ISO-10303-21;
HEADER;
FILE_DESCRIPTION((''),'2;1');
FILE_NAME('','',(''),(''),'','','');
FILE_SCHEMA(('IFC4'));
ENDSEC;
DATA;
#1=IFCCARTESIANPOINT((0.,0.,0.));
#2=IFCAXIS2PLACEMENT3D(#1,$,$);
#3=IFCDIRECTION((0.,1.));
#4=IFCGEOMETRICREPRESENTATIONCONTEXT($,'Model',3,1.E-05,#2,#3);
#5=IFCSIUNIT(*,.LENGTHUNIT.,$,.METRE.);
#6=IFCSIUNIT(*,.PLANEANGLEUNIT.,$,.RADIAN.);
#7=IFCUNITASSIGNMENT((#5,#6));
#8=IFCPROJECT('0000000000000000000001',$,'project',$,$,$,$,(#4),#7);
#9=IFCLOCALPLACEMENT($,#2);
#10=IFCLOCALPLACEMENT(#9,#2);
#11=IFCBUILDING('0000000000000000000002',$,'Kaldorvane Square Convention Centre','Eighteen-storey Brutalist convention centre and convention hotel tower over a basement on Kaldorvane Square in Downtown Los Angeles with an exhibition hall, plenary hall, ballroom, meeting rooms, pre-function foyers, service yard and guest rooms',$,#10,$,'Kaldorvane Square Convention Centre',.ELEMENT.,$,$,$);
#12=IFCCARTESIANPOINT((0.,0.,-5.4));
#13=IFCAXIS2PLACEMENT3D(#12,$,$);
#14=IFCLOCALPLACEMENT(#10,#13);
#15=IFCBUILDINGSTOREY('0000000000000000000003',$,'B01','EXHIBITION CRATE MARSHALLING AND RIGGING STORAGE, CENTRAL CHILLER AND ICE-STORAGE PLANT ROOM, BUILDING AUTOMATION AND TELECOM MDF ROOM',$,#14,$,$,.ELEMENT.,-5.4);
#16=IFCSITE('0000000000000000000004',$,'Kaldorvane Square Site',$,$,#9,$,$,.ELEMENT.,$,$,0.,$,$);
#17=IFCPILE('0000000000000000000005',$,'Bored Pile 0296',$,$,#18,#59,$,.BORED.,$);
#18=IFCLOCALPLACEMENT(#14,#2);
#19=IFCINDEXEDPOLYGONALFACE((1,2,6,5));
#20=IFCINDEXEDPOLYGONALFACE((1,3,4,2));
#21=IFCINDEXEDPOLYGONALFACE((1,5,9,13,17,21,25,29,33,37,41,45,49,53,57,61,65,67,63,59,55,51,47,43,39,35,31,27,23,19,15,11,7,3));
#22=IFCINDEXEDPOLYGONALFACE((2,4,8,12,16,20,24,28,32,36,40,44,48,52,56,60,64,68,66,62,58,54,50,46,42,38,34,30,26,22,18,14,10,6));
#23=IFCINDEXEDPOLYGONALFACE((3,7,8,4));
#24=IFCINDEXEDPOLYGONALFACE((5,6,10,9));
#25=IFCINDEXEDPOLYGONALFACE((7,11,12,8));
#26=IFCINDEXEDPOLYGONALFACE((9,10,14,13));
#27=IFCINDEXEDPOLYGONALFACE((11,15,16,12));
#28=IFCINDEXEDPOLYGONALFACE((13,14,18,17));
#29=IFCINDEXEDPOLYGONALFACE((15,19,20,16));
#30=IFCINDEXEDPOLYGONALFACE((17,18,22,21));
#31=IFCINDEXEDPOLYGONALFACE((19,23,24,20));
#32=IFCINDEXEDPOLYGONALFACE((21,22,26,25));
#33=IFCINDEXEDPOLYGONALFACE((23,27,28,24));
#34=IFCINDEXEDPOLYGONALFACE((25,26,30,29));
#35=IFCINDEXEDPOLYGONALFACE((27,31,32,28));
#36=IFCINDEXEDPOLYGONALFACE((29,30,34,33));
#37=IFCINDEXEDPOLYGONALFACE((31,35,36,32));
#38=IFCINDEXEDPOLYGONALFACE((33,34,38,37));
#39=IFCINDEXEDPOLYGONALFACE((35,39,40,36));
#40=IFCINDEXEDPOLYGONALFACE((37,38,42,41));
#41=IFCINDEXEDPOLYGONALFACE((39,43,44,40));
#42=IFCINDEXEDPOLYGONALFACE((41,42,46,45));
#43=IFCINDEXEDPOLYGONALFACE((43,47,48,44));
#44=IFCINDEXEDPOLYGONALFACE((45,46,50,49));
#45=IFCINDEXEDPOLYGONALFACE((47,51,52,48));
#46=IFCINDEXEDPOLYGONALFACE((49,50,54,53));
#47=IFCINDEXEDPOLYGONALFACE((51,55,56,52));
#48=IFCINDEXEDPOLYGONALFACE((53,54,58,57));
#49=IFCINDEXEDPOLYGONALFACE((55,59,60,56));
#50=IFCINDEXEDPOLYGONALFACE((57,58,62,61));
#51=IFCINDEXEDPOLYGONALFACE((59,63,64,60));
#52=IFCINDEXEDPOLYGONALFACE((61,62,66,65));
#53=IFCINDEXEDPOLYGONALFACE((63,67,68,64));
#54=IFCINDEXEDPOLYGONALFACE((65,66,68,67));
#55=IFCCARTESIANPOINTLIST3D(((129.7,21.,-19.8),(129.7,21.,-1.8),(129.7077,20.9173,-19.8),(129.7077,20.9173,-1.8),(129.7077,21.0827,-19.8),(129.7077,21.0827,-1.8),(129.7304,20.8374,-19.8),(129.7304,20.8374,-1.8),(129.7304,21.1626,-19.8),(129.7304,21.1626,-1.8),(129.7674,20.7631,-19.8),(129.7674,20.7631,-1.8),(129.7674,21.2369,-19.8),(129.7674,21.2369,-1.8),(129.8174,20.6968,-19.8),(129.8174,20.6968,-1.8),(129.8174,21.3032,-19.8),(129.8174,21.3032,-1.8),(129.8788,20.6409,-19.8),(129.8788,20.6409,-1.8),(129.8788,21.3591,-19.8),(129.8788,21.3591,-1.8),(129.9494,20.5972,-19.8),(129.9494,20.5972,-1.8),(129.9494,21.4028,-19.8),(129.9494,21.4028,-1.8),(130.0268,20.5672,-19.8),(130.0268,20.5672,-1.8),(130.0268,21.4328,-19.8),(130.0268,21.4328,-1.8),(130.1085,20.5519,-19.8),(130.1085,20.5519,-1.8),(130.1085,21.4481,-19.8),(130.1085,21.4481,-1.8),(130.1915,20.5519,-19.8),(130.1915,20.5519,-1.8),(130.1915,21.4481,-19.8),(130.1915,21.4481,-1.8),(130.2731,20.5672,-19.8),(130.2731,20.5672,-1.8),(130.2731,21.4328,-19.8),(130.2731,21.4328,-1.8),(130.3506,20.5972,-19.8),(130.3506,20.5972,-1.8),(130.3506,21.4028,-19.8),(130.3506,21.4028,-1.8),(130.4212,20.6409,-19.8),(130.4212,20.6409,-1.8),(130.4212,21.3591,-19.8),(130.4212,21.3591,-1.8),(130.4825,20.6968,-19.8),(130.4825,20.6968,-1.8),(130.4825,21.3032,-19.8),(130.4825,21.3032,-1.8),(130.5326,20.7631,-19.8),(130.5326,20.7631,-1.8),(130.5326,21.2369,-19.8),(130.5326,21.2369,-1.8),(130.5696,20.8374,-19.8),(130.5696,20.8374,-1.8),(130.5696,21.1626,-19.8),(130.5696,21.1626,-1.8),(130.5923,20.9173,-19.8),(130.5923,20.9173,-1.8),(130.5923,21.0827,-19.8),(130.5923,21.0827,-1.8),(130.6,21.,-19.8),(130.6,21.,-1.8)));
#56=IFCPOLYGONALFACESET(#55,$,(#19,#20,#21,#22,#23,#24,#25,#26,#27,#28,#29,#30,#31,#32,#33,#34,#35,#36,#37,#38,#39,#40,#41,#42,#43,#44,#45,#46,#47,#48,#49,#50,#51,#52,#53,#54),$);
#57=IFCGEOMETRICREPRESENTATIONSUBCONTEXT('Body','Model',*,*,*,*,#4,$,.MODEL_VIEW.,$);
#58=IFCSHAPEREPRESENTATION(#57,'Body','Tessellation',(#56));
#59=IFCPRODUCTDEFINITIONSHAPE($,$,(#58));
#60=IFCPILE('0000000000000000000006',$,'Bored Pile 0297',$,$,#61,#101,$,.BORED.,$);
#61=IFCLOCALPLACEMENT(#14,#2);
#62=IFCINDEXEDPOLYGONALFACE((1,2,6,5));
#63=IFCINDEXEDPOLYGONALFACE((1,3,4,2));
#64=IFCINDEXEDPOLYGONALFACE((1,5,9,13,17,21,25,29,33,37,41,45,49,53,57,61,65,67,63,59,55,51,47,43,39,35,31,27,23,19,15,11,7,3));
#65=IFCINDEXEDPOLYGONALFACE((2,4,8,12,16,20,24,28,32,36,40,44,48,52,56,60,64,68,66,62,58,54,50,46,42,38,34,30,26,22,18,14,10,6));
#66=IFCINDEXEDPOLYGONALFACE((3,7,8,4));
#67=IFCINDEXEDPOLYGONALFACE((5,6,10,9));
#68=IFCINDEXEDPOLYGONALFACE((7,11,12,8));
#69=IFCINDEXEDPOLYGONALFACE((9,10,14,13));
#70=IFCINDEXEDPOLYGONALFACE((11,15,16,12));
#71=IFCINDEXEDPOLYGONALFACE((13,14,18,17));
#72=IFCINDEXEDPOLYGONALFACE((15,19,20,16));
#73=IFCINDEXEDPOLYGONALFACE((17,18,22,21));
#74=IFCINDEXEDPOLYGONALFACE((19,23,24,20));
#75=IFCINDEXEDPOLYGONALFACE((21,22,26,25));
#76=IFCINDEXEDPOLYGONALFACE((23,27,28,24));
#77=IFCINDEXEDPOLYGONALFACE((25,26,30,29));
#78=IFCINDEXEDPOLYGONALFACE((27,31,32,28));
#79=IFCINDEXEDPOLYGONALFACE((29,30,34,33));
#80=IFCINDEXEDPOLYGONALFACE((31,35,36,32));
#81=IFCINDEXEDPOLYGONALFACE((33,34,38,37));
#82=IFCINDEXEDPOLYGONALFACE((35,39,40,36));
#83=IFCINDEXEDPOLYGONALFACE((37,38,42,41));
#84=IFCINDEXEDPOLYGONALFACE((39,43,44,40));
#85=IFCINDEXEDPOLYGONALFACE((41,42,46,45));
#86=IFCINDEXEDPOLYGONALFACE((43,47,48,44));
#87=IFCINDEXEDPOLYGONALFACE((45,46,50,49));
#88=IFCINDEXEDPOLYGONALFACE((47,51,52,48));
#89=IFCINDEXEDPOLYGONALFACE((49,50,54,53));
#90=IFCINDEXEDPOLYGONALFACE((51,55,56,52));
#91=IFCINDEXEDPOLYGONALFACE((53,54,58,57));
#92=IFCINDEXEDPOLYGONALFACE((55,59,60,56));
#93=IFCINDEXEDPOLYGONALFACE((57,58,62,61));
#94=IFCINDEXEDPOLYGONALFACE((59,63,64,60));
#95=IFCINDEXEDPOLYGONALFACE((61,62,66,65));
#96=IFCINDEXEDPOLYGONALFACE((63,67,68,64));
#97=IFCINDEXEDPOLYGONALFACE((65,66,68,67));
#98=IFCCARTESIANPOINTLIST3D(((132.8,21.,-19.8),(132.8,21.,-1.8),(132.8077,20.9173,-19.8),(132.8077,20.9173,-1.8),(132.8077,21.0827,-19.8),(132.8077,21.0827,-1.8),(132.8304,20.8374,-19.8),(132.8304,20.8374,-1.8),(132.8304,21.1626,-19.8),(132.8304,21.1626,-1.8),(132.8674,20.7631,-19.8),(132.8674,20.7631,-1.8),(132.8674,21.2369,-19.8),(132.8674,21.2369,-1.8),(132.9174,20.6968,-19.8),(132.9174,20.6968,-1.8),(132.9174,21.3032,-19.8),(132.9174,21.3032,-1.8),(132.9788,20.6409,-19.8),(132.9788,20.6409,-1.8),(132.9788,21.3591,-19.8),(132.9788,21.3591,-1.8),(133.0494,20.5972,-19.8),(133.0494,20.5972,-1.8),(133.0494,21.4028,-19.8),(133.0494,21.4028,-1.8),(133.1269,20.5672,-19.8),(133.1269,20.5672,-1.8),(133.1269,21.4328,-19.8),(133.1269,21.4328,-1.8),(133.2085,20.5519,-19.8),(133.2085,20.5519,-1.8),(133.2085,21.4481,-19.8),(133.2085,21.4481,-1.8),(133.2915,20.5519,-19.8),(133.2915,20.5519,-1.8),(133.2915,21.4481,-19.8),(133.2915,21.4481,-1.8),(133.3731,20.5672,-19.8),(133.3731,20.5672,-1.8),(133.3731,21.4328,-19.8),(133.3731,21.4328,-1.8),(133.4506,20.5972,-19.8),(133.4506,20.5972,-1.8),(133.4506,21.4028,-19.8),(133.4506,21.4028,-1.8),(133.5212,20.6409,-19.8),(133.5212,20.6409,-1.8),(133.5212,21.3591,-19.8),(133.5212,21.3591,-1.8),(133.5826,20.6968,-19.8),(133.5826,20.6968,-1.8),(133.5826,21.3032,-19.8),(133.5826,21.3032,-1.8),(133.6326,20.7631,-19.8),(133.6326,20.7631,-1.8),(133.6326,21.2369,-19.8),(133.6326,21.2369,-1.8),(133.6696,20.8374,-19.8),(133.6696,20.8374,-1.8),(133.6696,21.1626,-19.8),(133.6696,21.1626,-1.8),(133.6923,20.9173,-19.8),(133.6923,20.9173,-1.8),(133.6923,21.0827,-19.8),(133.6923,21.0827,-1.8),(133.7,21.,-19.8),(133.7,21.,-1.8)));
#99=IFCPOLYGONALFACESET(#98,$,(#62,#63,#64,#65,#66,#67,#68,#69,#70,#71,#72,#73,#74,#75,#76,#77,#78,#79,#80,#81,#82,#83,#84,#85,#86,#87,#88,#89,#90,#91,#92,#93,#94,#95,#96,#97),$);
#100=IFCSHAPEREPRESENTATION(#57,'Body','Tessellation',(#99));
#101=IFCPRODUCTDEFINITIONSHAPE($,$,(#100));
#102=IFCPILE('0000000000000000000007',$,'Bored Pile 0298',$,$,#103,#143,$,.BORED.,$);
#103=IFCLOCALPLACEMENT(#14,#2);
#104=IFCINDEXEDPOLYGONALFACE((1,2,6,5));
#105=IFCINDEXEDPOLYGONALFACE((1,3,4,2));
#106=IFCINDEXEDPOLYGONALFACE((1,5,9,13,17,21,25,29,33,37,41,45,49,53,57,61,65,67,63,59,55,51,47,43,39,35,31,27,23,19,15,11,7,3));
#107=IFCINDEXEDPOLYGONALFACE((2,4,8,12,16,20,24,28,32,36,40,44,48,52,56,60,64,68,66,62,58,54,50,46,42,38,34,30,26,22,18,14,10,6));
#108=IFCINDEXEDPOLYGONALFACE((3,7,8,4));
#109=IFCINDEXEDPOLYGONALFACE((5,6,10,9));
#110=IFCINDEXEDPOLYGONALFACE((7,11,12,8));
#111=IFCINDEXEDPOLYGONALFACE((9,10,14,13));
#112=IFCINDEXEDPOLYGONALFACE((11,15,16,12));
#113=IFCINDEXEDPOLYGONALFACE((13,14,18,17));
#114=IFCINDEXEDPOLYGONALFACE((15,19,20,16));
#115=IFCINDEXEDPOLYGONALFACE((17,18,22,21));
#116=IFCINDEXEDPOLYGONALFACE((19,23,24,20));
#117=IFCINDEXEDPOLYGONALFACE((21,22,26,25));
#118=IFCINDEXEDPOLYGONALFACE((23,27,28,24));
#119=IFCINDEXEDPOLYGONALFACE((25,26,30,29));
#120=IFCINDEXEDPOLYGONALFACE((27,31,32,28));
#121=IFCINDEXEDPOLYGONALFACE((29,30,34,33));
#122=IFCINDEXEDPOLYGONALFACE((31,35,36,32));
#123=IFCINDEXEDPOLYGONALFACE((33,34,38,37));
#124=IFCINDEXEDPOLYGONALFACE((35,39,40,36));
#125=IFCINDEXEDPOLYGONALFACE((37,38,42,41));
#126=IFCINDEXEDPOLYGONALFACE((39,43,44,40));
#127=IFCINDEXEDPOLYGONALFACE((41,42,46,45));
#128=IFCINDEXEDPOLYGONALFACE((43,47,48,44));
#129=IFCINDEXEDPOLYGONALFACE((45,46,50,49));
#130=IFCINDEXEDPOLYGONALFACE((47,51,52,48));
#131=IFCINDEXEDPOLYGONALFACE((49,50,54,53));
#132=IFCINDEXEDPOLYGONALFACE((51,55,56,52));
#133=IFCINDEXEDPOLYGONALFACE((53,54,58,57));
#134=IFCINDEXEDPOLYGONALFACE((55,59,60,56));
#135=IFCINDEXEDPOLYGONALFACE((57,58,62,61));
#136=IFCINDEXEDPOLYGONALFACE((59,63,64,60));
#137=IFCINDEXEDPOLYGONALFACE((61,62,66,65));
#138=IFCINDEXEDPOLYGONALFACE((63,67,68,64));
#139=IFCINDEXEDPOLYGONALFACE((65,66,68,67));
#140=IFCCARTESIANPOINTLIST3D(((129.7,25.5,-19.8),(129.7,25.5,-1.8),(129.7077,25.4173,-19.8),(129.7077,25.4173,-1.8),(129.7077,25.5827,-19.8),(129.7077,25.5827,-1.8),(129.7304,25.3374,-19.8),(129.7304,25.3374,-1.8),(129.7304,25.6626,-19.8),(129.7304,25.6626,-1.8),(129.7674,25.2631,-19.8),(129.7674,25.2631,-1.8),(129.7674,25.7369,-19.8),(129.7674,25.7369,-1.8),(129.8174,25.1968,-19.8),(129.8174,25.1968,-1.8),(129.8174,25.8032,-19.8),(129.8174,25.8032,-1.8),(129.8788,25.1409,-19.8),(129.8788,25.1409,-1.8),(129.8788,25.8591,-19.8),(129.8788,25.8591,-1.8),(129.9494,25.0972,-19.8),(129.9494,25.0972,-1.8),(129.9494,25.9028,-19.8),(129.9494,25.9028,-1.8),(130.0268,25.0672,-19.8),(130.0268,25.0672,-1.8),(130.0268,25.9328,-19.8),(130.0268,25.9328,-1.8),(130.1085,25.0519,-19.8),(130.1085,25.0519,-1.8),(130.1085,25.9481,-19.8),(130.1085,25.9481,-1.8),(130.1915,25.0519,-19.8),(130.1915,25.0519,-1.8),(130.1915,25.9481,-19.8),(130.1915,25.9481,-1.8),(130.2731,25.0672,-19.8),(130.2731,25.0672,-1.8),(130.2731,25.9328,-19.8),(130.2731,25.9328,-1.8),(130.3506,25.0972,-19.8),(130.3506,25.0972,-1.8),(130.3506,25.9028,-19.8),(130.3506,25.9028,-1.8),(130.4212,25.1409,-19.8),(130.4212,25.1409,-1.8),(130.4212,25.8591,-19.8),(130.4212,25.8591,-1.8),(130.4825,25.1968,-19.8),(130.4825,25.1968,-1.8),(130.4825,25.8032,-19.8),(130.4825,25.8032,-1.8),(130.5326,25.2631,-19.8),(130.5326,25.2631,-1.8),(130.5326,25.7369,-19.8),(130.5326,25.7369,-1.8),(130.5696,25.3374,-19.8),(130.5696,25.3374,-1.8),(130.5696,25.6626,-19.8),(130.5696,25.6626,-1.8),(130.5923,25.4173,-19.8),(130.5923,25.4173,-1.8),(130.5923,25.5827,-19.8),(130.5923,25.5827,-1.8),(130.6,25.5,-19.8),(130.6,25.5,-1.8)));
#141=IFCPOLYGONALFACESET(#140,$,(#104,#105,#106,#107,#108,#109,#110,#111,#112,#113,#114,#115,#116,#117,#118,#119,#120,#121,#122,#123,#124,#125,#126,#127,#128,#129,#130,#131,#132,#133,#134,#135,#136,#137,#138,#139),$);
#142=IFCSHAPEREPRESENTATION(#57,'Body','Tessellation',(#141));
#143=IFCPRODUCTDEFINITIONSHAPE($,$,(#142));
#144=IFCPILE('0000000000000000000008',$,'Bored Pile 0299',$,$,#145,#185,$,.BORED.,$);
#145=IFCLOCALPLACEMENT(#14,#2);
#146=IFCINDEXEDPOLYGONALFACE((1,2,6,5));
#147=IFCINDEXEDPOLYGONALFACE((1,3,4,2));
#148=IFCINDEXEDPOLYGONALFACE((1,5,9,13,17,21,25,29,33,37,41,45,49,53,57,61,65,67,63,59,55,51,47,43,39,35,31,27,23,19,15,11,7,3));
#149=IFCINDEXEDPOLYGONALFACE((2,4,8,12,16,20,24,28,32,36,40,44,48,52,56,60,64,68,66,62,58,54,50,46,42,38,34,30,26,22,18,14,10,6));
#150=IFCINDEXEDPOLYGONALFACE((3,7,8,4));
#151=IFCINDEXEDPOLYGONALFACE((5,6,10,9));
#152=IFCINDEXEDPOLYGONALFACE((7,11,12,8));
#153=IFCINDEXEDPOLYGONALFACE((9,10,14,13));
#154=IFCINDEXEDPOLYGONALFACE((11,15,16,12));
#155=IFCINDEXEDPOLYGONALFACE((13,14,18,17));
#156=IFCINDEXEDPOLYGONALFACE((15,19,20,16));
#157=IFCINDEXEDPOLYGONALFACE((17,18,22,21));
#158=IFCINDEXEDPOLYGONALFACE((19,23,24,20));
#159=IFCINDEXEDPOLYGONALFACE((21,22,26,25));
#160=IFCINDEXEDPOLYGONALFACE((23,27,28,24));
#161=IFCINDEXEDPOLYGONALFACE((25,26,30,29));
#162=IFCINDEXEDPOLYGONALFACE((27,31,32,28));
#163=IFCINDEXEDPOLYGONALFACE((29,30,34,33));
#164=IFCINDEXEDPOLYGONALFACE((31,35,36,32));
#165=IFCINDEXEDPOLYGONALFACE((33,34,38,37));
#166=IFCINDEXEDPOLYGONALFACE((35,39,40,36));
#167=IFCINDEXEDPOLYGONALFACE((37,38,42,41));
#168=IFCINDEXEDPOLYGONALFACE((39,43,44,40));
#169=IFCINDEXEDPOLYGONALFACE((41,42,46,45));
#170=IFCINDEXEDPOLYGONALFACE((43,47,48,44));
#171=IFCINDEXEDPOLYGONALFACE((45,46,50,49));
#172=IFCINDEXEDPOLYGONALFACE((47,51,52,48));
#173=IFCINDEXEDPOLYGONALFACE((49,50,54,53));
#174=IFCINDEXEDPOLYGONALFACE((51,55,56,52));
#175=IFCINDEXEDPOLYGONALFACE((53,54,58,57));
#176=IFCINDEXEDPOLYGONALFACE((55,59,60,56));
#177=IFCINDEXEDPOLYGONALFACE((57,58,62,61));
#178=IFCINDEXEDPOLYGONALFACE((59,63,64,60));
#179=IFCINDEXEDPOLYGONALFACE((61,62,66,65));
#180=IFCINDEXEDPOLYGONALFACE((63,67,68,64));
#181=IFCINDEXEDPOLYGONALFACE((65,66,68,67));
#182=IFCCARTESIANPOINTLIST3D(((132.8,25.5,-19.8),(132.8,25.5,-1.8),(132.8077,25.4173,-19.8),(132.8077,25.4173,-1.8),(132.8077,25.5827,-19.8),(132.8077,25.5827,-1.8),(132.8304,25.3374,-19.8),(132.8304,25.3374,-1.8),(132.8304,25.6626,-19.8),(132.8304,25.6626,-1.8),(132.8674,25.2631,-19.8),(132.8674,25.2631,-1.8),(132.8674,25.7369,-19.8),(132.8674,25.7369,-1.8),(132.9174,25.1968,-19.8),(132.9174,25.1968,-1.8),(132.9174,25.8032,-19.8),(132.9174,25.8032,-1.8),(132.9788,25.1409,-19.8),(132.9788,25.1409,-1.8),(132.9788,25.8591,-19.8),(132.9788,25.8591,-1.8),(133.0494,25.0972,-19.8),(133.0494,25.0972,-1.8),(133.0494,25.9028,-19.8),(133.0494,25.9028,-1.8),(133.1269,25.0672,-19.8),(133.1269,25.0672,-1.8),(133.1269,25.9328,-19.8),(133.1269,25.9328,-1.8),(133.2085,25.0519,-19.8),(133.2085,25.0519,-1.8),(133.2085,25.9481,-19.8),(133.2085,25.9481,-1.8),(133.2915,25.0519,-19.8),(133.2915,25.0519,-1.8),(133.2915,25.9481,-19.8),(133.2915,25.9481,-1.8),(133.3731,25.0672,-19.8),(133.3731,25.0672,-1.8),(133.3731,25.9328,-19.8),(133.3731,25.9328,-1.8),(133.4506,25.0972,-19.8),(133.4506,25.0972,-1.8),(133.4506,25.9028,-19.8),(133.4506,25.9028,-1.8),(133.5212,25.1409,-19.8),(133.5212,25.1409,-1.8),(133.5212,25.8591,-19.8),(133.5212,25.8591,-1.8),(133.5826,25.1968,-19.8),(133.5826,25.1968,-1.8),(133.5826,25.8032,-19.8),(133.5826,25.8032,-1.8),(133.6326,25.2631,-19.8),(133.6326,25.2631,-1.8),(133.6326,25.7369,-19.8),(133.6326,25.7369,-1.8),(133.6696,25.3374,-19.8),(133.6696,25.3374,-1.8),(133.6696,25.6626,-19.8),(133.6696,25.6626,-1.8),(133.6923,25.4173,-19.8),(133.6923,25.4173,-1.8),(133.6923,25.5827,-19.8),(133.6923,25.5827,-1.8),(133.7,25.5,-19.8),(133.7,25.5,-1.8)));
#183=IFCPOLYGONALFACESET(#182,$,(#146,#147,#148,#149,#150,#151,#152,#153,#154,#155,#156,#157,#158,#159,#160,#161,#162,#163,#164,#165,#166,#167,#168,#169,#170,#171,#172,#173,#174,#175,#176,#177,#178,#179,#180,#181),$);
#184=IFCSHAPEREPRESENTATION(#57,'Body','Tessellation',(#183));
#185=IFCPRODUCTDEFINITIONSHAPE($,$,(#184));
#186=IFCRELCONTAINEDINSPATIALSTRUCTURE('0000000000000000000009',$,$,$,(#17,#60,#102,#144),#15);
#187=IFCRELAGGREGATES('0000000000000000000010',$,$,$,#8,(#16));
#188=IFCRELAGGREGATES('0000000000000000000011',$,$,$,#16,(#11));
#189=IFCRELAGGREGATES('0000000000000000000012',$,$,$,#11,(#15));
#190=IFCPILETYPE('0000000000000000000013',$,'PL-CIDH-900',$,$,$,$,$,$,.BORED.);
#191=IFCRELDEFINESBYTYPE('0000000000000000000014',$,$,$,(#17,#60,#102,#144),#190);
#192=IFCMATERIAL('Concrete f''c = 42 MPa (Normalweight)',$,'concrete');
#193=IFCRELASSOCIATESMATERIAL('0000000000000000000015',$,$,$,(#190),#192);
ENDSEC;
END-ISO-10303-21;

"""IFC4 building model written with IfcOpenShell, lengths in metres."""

from ifc_helpers import new_model, si_unit, direction, frame, origin, origin_2d, place, context, subcontext, project, spatial, circle, extrude, material, material_profile, profile_set, type_object, element, save


model = new_model("IFC4")

# Units and contexts
model_context = context("Model", 3, precision=1e-05, world=origin(), true_north=direction((0.0, 1.0)))
body_context = subcontext(model_context, "Body", "Model", "MODEL_VIEW")
ifc_project = project(units=[si_unit("LENGTHUNIT", "METRE"), si_unit("PLANEANGLEUNIT", "RADIAN")], contexts=[model_context])

# Site, building, storey
site_placement = place(None, origin())
site = spatial("IfcSite", under=ifc_project, at=site_placement, Name="Kaldorvane Square Site", CompositionType="ELEMENT", RefElevation=0.0)
building_placement = place(site_placement, origin())
building = spatial("IfcBuilding", under=site, at=building_placement, Name="Kaldorvane Square Convention Centre", Description="Eighteen-storey Brutalist convention centre and convention hotel tower over a basement on Kaldorvane Square in Downtown Los Angeles with an exhibition hall, plenary hall, ballroom, meeting rooms, pre-function foyers, service yard and guest rooms", LongName="Kaldorvane Square Convention Centre", CompositionType="ELEMENT")
storey_placement = place(building_placement, frame((0.0, 0.0, -5.4)))
storey = spatial("IfcBuildingStorey", under=building, at=storey_placement, Name="B01", Description="EXHIBITION CRATE MARSHALLING AND RIGGING STORAGE, CENTRAL CHILLER AND ICE-STORAGE PLANT ROOM, BUILDING AUTOMATION AND TELECOM MDF ROOM", CompositionType="ELEMENT", Elevation=-5.4)

# Shared definitions
ifc_material_1 = material(Name="Concrete f'c = 42 MPa (Normalweight)", Category="concrete")

# Piles
ifc_material_profile_1 = material_profile(ifc_material_1, circle(Radius=0.45, at=origin_2d()), Name="PILE-D900")
ifc_profile_set_1 = profile_set([ifc_material_profile_1], Name="Concrete f'c = 42 MPa (Normalweight)")
pile_type_1 = type_object("IfcPileType", Name="PL-CIDH-900", PredefinedType="BORED", material=ifc_profile_set_1)
for number, where, z_axis, x_axis, name in (
    (1, (130.15, 21.0, -1.8), (0.0, 0.0, -1.0), (1.0, 0.0, 0.0), "Bored Pile 0296"),
    (2, (133.25, 21.0, -1.8), (0.0, 0.0, -1.0), (1.0, 0.0, 0.0), "Bored Pile 0297"),
    (3, (130.15, 25.5, -1.8), (0.0, 0.0, -1.0), (1.0, 0.0, 0.0), "Bored Pile 0298"),
    (4, (133.25, 25.5, -1.8), (0.0, 0.0, -1.0), (1.0, 0.0, 0.0), "Bored Pile 0299"),
):
    element("IfcPile", number, at=place(storey_placement, frame(where, z_axis=z_axis, x_axis=x_axis)), inside=storey, type_object=pile_type_1, Name=name, PredefinedType="BORED", context=body_context, shape_type="SweptSolid", body=[
        extrude(circle(Radius=0.45, at=origin_2d()), origin(), (0.0, 0.0, 1.0), 18.0),
    ])

save(model, "model.ifc")
